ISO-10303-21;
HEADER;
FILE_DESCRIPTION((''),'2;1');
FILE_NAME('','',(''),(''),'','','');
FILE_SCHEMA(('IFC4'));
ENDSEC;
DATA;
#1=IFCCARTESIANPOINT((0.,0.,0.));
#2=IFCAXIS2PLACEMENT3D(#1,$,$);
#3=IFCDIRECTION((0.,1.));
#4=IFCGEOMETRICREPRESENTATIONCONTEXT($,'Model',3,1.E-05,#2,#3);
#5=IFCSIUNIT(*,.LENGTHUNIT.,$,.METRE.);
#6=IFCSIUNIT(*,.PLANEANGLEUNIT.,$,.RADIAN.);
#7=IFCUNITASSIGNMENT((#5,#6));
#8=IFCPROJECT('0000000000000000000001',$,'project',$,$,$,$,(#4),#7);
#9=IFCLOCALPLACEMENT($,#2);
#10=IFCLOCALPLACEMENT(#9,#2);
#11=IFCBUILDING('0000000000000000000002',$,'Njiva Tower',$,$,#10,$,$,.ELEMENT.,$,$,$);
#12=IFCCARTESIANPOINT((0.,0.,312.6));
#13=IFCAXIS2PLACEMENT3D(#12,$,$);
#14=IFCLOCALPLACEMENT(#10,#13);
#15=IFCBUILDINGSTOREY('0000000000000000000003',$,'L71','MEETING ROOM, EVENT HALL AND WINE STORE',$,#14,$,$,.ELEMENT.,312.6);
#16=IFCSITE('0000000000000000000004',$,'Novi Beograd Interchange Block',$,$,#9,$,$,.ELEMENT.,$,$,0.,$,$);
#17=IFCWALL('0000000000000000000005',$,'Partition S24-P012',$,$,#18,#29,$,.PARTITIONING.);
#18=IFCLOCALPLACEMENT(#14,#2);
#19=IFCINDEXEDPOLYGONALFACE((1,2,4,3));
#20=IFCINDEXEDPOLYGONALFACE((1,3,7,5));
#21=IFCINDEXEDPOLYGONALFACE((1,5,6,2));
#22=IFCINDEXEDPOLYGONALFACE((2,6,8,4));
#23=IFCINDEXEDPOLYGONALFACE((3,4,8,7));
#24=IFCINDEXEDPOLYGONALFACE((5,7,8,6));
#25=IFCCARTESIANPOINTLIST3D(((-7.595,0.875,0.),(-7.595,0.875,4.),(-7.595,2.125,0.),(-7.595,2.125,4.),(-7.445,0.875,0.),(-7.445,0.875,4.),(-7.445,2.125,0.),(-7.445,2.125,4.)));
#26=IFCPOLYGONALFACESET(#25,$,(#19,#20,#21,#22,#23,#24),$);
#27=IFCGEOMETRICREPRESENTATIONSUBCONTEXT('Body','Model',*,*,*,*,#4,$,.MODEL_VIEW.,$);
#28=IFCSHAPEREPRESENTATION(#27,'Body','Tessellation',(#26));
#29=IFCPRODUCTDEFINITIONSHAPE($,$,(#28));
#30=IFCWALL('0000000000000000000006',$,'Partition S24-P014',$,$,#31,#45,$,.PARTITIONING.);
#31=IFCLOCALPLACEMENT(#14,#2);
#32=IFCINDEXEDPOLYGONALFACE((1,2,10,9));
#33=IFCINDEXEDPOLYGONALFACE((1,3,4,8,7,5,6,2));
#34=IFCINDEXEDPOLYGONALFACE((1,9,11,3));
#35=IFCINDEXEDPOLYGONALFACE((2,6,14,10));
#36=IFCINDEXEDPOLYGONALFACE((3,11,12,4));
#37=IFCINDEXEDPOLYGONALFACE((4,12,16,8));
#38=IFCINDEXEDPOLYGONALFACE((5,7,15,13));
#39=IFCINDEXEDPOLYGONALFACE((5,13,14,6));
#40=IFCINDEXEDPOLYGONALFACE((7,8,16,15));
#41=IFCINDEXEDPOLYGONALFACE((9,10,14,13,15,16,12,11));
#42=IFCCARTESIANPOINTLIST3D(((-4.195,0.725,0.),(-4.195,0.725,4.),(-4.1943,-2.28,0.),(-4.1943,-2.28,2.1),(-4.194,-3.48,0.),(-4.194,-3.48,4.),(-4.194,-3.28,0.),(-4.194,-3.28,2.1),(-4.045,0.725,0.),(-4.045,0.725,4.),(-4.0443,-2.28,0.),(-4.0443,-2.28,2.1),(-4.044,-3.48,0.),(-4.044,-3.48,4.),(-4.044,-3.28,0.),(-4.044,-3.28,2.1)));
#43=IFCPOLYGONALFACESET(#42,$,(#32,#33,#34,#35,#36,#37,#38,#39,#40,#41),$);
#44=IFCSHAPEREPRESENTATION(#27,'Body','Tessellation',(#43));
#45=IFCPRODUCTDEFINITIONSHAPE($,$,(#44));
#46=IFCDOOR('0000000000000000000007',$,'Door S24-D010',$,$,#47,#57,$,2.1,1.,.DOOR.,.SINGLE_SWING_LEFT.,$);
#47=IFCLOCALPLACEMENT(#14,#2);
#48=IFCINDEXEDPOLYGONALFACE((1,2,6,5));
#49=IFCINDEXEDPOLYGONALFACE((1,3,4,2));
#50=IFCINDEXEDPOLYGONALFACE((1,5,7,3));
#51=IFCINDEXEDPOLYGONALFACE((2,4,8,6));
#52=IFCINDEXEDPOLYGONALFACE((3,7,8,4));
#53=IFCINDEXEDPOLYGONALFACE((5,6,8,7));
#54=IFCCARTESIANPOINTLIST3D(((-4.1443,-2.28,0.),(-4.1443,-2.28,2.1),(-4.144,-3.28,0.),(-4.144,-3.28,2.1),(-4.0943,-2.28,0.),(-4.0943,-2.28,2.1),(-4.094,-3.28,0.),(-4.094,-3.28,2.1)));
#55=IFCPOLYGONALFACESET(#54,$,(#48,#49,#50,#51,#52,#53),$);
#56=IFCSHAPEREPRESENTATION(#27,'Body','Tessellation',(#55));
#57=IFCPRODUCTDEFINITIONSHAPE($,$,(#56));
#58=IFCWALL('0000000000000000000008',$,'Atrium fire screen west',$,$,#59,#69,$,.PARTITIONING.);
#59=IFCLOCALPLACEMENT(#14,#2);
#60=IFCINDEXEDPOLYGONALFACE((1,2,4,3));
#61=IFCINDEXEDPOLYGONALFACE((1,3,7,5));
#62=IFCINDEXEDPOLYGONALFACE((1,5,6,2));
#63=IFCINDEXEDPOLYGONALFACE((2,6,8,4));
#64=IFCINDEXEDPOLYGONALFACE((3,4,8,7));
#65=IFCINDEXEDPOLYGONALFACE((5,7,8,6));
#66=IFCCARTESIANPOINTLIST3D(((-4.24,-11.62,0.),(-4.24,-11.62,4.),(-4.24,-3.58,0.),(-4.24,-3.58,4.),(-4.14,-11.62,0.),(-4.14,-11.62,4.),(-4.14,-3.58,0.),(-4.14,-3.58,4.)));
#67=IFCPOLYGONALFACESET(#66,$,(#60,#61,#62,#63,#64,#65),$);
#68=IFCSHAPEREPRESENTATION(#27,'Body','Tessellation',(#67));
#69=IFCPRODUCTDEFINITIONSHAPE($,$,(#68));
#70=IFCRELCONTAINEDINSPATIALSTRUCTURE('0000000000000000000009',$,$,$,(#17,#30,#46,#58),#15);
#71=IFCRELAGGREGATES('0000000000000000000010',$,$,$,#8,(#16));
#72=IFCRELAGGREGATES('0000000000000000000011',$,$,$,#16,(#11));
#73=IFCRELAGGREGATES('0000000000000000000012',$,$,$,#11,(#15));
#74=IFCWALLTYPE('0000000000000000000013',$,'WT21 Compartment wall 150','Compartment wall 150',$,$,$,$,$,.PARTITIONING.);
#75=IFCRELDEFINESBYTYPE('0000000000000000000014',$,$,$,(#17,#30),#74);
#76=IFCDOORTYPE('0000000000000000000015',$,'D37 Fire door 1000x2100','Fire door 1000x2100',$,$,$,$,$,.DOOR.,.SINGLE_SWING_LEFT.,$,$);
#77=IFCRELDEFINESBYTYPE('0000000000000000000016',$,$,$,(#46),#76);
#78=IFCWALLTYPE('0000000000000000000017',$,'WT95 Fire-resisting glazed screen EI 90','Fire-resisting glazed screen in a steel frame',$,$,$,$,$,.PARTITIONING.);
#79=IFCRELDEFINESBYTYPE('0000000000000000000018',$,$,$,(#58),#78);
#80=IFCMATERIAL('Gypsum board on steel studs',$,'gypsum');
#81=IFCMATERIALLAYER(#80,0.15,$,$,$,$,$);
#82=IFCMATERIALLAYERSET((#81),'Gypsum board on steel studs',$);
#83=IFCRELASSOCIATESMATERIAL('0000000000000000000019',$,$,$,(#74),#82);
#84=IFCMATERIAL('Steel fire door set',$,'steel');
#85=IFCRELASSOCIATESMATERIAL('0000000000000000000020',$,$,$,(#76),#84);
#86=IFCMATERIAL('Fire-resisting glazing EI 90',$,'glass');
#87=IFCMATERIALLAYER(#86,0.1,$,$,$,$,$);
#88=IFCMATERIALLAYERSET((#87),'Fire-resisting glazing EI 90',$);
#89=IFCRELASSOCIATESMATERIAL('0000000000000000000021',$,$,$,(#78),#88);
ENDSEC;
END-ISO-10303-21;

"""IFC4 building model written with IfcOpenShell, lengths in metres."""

from ifc_helpers import new_model, si_unit, direction, frame, frame_2d, origin, place, context, subcontext, project, spatial, rectangle, extrude, material, layer, layer_set, type_object, element, fill, save


model = new_model("IFC4")

# Units and contexts
model_context = context("Model", 3, precision=1e-05, world=origin(), true_north=direction((0.0, 1.0)))
body_context = subcontext(model_context, "Body", "Model", "MODEL_VIEW")
ifc_project = project(units=[si_unit("LENGTHUNIT", "METRE"), si_unit("PLANEANGLEUNIT", "RADIAN")], contexts=[model_context])

# Site, building, storey
site_placement = place(None, origin())
site = spatial("IfcSite", under=ifc_project, at=site_placement, Name="Novi Beograd Interchange Block", CompositionType="ELEMENT", RefElevation=0.0)
building_placement = place(site_placement, origin())
building = spatial("IfcBuilding", under=site, at=building_placement, Name="Njiva Tower", CompositionType="ELEMENT")
storey_placement = place(building_placement, frame((0.0, 0.0, 312.6)))
storey = spatial("IfcBuildingStorey", under=building, at=storey_placement, Name="L71", Description="MEETING ROOM, EVENT HALL AND WINE STORE", CompositionType="ELEMENT", Elevation=312.6)

# Shared definitions
ifc_material_1 = material(Name="Gypsum board on steel studs", Category="gypsum")

# Shared definitions
ifc_layer_1 = layer(ifc_material_1, 0.15)
ifc_layer_set_1 = layer_set([ifc_layer_1], Name="Gypsum board on steel studs")
wall_type_1 = type_object("IfcWallType", Name="WT21 Compartment wall 150", Description="Compartment wall 150", PredefinedType="PARTITIONING", material=ifc_layer_set_1)
ifc_material_2 = material(Name="Steel fire door set", Category="steel")
door_type_1 = type_object("IfcDoorType", Name="D37 Fire door 1000x2100", Description="Fire door 1000x2100", OperationType="SINGLE_SWING_LEFT", PredefinedType="DOOR", material=ifc_material_2)

# Wall
wall_1_placement = place(storey_placement, frame((-7.52, 0.875, 0.0), z_axis=(0.0, 0.0, 1.0), x_axis=(0.0, 1.0, 0.0)))
element("IfcWall", 1, at=wall_1_placement, inside=storey, type_object=wall_type_1, Name="Partition S24-P012", PredefinedType="PARTITIONING", context=body_context, shape_type="SweptSolid", body=[
    extrude(rectangle(XDim=1.25, YDim=0.15, at=frame_2d((0.625, 0.0))), origin(), (0.0, 0.0, 1.0), 4.0),
])

# Wall, opening, door
wall_2_placement = place(storey_placement, frame((-4.12, 0.725, 0.0), z_axis=(0.0, 0.0, 1.0), x_axis=(0.000238, -1.0, 0.0)))
wall_2 = element("IfcWall", 2, at=wall_2_placement, inside=storey, type_object=wall_type_1, Name="Partition S24-P014", PredefinedType="PARTITIONING", context=body_context, shape_type="SweptSolid", body=[
    extrude(rectangle(XDim=4.205, YDim=0.15, at=frame_2d((2.1025, 0.0))), origin(), (0.0, 0.0, 1.0), 4.0),
])
opening_1_placement = place(wall_2_placement, frame((3.005, 0.0, 0.0)))
opening_1 = element("IfcOpeningElement", 3, at=opening_1_placement, cuts=wall_2, PredefinedType="OPENING", context=body_context, shape_type="SweptSolid", body=[
    extrude(rectangle(XDim=1.0, YDim=2.1, at=frame_2d((0.5, 1.05))), frame((0.0, 0.085, 0.0), z_axis=(0.0, -1.0, 0.0), x_axis=(1.0, 0.0, 0.0)), (0.0, 0.0, 1.0), 0.17),
])
door_1_placement = place(opening_1_placement, origin())
door_1 = element("IfcDoor", 4, at=door_1_placement, inside=storey, type_object=door_type_1, Name="Door S24-D010", OperationType="SINGLE_SWING_LEFT", OverallHeight=2.1, OverallWidth=1.0, PredefinedType="DOOR", context=body_context, shape_type="SweptSolid", body=[
    extrude(rectangle(XDim=1.0, YDim=2.1, at=frame_2d((0.5, 1.05))), frame((0.0, 0.025, 0.0), z_axis=(0.0, -1.0, 0.0), x_axis=(1.0, 0.0, 0.0)), (0.0, 0.0, 1.0), 0.05),
])
fill(opening_1, door_1)

# Wall
ifc_material_3 = material(Name="Fire-resisting glazing EI 90", Category="glass")
ifc_layer_2 = layer(ifc_material_3, 0.1)
ifc_layer_set_2 = layer_set([ifc_layer_2], Name="Fire-resisting glazing EI 90")
wall_type_2 = type_object("IfcWallType", Name="WT95 Fire-resisting glazed screen EI 90", Description="Fire-resisting glazed screen in a steel frame", PredefinedType="PARTITIONING", material=ifc_layer_set_2)
wall_3_placement = place(storey_placement, frame((-4.19, -3.58, 0.0), z_axis=(0.0, 0.0, 1.0), x_axis=(0.0, -1.0, 0.0)))
element("IfcWall", 5, at=wall_3_placement, inside=storey, type_object=wall_type_2, Name="Atrium fire screen west", PredefinedType="PARTITIONING", context=body_context, shape_type="SweptSolid", body=[
    extrude(rectangle(XDim=8.04, YDim=0.1, at=frame_2d((4.02, 0.0))), origin(), (0.0, 0.0, 1.0), 4.0),
])

save(model, "model.ifc")
